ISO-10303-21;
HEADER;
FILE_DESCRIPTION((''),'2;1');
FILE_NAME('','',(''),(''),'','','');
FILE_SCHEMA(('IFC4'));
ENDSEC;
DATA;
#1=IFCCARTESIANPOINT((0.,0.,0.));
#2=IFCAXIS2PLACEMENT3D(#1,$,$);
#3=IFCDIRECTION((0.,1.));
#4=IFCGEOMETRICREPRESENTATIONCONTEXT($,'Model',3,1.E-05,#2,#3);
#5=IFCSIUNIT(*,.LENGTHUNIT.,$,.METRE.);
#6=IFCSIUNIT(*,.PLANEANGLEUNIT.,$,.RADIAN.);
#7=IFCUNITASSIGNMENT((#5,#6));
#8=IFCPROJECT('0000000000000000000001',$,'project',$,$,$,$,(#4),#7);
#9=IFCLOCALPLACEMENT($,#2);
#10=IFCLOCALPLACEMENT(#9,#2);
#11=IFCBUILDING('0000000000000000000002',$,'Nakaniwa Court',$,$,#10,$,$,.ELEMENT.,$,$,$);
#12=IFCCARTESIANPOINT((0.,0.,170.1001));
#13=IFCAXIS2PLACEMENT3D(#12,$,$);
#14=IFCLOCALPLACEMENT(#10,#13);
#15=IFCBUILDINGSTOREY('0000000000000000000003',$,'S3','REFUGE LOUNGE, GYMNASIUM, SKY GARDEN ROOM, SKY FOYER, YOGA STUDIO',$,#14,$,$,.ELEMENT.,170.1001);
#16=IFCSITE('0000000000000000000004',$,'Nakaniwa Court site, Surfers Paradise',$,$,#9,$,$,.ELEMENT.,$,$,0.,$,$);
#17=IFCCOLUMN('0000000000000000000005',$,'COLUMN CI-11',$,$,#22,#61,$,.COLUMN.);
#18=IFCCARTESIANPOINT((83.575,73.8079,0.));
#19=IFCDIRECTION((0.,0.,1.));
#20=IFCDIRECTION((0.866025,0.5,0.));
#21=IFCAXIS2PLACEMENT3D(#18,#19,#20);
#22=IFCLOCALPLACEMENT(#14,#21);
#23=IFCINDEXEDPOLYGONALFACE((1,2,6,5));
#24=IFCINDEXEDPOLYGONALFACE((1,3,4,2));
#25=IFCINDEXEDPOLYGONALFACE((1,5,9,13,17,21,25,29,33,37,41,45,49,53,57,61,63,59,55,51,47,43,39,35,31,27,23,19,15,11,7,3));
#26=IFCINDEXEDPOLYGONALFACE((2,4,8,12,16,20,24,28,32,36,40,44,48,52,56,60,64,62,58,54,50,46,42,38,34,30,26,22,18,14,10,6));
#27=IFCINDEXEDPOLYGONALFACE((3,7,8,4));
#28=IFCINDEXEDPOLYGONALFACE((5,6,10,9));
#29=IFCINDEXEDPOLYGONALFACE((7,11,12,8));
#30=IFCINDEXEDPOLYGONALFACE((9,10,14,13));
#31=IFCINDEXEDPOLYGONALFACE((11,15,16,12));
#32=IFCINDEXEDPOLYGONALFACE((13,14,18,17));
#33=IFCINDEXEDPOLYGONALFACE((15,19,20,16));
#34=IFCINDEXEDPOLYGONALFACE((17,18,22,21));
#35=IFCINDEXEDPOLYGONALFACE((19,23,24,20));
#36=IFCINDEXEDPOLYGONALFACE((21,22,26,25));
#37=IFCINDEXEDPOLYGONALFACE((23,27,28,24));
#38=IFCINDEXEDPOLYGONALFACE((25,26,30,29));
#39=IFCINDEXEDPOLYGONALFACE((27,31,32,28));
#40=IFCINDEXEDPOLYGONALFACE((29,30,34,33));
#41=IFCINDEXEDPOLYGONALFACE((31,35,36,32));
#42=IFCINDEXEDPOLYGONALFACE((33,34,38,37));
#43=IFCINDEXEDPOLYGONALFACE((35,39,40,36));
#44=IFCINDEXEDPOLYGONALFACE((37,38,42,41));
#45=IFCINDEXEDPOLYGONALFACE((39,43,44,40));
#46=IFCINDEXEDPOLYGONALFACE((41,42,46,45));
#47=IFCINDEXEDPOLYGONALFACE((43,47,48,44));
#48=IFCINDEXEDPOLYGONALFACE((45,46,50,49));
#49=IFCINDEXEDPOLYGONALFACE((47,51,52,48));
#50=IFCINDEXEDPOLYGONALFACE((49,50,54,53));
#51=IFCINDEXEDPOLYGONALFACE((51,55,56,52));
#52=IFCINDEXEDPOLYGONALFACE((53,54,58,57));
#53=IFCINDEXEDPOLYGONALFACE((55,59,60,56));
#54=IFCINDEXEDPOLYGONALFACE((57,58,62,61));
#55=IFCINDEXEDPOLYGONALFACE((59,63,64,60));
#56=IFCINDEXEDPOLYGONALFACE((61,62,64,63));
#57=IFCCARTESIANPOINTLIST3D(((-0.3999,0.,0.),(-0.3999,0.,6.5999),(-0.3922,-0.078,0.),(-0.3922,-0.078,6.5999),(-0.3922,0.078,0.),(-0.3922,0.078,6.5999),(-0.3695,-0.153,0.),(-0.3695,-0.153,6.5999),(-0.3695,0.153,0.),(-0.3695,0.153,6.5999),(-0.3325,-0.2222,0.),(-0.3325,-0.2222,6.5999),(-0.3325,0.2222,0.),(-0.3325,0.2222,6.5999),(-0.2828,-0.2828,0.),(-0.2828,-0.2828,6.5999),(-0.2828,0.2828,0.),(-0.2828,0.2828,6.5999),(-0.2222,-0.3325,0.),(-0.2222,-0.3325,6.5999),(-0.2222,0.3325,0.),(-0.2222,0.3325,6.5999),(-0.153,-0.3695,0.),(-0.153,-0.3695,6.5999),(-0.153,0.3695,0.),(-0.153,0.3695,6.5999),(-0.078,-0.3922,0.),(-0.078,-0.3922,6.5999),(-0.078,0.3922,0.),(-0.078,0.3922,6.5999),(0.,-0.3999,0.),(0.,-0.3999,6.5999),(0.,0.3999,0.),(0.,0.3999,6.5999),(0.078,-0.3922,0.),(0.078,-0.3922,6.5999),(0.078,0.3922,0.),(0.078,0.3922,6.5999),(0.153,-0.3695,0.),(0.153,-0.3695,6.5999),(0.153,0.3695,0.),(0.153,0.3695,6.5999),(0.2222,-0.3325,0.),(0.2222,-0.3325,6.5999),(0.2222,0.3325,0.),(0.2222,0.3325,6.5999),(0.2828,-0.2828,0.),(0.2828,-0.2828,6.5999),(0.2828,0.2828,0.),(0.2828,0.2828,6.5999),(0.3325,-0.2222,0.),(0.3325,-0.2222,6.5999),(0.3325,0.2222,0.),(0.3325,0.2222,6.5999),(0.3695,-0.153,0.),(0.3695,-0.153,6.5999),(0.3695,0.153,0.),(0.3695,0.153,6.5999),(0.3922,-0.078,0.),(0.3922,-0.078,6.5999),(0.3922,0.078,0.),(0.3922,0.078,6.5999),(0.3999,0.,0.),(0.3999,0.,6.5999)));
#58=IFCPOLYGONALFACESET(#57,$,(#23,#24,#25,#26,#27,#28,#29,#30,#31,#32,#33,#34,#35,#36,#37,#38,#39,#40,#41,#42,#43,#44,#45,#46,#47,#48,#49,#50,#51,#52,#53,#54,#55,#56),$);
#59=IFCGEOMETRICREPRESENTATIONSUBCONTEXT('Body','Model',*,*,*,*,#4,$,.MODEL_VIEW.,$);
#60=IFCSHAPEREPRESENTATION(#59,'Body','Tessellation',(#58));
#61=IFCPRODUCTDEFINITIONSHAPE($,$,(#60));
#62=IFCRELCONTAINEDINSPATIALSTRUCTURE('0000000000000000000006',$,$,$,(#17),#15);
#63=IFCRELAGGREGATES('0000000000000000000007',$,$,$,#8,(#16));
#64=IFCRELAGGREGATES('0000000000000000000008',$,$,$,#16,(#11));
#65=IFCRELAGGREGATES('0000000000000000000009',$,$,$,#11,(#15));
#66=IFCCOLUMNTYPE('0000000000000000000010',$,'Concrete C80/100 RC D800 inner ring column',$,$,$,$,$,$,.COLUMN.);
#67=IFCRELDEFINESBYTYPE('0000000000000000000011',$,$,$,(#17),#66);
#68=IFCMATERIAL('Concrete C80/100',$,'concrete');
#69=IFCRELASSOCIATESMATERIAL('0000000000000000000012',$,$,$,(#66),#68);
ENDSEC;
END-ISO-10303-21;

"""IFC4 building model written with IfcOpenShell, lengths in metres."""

from ifc_helpers import new_model, si_unit, direction, frame, origin, origin_2d, place, context, subcontext, project, spatial, circle, extrude, material, material_profile, profile_set, type_object, element, save


model = new_model("IFC4")

# Units and contexts
model_context = context("Model", 3, precision=1e-05, world=origin(), true_north=direction((0.0, 1.0)))
body_context = subcontext(model_context, "Body", "Model", "MODEL_VIEW")
ifc_project = project(units=[si_unit("LENGTHUNIT", "METRE"), si_unit("PLANEANGLEUNIT", "RADIAN")], contexts=[model_context])

# Site, building, storey
site_placement = place(None, origin())
site = spatial("IfcSite", under=ifc_project, at=site_placement, Name="Nakaniwa Court site, Surfers Paradise", CompositionType="ELEMENT", RefElevation=0.0)
building_placement = place(site_placement, origin())
building = spatial("IfcBuilding", under=site, at=building_placement, Name="Nakaniwa Court", CompositionType="ELEMENT")
storey_placement = place(building_placement, frame((0.0, 0.0, 170.1001)))
storey = spatial("IfcBuildingStorey", under=building, at=storey_placement, Name="S3", Description="REFUGE LOUNGE, GYMNASIUM, SKY GARDEN ROOM, SKY FOYER, YOGA STUDIO", CompositionType="ELEMENT", Elevation=170.1001)

# Column
ifc_material_1 = material(Name="Concrete C80/100", Category="concrete")
ifc_material_profile_1 = material_profile(ifc_material_1, circle(Radius=0.3999, at=origin_2d()), Name="Concrete C80/100 RC D800 inner ring column")
ifc_profile_set_1 = profile_set([ifc_material_profile_1], Name="Concrete C80/100")
column_type = type_object("IfcColumnType", Name="Concrete C80/100 RC D800 inner ring column", PredefinedType="COLUMN", material=ifc_profile_set_1)
column_placement = place(storey_placement, frame((83.575, 73.8079, 0.0), z_axis=(0.0, 0.0, 1.0), x_axis=(0.866025, 0.5, 0.0)))
element("IfcColumn", 1, at=column_placement, inside=storey, type_object=column_type, Name="COLUMN CI-11", PredefinedType="COLUMN", context=body_context, shape_type="SweptSolid", body=[
    extrude(circle(Radius=0.3999, at=origin_2d()), origin(), (0.0, 0.0, 1.0), 6.5999),
])

save(model, "model.ifc")
